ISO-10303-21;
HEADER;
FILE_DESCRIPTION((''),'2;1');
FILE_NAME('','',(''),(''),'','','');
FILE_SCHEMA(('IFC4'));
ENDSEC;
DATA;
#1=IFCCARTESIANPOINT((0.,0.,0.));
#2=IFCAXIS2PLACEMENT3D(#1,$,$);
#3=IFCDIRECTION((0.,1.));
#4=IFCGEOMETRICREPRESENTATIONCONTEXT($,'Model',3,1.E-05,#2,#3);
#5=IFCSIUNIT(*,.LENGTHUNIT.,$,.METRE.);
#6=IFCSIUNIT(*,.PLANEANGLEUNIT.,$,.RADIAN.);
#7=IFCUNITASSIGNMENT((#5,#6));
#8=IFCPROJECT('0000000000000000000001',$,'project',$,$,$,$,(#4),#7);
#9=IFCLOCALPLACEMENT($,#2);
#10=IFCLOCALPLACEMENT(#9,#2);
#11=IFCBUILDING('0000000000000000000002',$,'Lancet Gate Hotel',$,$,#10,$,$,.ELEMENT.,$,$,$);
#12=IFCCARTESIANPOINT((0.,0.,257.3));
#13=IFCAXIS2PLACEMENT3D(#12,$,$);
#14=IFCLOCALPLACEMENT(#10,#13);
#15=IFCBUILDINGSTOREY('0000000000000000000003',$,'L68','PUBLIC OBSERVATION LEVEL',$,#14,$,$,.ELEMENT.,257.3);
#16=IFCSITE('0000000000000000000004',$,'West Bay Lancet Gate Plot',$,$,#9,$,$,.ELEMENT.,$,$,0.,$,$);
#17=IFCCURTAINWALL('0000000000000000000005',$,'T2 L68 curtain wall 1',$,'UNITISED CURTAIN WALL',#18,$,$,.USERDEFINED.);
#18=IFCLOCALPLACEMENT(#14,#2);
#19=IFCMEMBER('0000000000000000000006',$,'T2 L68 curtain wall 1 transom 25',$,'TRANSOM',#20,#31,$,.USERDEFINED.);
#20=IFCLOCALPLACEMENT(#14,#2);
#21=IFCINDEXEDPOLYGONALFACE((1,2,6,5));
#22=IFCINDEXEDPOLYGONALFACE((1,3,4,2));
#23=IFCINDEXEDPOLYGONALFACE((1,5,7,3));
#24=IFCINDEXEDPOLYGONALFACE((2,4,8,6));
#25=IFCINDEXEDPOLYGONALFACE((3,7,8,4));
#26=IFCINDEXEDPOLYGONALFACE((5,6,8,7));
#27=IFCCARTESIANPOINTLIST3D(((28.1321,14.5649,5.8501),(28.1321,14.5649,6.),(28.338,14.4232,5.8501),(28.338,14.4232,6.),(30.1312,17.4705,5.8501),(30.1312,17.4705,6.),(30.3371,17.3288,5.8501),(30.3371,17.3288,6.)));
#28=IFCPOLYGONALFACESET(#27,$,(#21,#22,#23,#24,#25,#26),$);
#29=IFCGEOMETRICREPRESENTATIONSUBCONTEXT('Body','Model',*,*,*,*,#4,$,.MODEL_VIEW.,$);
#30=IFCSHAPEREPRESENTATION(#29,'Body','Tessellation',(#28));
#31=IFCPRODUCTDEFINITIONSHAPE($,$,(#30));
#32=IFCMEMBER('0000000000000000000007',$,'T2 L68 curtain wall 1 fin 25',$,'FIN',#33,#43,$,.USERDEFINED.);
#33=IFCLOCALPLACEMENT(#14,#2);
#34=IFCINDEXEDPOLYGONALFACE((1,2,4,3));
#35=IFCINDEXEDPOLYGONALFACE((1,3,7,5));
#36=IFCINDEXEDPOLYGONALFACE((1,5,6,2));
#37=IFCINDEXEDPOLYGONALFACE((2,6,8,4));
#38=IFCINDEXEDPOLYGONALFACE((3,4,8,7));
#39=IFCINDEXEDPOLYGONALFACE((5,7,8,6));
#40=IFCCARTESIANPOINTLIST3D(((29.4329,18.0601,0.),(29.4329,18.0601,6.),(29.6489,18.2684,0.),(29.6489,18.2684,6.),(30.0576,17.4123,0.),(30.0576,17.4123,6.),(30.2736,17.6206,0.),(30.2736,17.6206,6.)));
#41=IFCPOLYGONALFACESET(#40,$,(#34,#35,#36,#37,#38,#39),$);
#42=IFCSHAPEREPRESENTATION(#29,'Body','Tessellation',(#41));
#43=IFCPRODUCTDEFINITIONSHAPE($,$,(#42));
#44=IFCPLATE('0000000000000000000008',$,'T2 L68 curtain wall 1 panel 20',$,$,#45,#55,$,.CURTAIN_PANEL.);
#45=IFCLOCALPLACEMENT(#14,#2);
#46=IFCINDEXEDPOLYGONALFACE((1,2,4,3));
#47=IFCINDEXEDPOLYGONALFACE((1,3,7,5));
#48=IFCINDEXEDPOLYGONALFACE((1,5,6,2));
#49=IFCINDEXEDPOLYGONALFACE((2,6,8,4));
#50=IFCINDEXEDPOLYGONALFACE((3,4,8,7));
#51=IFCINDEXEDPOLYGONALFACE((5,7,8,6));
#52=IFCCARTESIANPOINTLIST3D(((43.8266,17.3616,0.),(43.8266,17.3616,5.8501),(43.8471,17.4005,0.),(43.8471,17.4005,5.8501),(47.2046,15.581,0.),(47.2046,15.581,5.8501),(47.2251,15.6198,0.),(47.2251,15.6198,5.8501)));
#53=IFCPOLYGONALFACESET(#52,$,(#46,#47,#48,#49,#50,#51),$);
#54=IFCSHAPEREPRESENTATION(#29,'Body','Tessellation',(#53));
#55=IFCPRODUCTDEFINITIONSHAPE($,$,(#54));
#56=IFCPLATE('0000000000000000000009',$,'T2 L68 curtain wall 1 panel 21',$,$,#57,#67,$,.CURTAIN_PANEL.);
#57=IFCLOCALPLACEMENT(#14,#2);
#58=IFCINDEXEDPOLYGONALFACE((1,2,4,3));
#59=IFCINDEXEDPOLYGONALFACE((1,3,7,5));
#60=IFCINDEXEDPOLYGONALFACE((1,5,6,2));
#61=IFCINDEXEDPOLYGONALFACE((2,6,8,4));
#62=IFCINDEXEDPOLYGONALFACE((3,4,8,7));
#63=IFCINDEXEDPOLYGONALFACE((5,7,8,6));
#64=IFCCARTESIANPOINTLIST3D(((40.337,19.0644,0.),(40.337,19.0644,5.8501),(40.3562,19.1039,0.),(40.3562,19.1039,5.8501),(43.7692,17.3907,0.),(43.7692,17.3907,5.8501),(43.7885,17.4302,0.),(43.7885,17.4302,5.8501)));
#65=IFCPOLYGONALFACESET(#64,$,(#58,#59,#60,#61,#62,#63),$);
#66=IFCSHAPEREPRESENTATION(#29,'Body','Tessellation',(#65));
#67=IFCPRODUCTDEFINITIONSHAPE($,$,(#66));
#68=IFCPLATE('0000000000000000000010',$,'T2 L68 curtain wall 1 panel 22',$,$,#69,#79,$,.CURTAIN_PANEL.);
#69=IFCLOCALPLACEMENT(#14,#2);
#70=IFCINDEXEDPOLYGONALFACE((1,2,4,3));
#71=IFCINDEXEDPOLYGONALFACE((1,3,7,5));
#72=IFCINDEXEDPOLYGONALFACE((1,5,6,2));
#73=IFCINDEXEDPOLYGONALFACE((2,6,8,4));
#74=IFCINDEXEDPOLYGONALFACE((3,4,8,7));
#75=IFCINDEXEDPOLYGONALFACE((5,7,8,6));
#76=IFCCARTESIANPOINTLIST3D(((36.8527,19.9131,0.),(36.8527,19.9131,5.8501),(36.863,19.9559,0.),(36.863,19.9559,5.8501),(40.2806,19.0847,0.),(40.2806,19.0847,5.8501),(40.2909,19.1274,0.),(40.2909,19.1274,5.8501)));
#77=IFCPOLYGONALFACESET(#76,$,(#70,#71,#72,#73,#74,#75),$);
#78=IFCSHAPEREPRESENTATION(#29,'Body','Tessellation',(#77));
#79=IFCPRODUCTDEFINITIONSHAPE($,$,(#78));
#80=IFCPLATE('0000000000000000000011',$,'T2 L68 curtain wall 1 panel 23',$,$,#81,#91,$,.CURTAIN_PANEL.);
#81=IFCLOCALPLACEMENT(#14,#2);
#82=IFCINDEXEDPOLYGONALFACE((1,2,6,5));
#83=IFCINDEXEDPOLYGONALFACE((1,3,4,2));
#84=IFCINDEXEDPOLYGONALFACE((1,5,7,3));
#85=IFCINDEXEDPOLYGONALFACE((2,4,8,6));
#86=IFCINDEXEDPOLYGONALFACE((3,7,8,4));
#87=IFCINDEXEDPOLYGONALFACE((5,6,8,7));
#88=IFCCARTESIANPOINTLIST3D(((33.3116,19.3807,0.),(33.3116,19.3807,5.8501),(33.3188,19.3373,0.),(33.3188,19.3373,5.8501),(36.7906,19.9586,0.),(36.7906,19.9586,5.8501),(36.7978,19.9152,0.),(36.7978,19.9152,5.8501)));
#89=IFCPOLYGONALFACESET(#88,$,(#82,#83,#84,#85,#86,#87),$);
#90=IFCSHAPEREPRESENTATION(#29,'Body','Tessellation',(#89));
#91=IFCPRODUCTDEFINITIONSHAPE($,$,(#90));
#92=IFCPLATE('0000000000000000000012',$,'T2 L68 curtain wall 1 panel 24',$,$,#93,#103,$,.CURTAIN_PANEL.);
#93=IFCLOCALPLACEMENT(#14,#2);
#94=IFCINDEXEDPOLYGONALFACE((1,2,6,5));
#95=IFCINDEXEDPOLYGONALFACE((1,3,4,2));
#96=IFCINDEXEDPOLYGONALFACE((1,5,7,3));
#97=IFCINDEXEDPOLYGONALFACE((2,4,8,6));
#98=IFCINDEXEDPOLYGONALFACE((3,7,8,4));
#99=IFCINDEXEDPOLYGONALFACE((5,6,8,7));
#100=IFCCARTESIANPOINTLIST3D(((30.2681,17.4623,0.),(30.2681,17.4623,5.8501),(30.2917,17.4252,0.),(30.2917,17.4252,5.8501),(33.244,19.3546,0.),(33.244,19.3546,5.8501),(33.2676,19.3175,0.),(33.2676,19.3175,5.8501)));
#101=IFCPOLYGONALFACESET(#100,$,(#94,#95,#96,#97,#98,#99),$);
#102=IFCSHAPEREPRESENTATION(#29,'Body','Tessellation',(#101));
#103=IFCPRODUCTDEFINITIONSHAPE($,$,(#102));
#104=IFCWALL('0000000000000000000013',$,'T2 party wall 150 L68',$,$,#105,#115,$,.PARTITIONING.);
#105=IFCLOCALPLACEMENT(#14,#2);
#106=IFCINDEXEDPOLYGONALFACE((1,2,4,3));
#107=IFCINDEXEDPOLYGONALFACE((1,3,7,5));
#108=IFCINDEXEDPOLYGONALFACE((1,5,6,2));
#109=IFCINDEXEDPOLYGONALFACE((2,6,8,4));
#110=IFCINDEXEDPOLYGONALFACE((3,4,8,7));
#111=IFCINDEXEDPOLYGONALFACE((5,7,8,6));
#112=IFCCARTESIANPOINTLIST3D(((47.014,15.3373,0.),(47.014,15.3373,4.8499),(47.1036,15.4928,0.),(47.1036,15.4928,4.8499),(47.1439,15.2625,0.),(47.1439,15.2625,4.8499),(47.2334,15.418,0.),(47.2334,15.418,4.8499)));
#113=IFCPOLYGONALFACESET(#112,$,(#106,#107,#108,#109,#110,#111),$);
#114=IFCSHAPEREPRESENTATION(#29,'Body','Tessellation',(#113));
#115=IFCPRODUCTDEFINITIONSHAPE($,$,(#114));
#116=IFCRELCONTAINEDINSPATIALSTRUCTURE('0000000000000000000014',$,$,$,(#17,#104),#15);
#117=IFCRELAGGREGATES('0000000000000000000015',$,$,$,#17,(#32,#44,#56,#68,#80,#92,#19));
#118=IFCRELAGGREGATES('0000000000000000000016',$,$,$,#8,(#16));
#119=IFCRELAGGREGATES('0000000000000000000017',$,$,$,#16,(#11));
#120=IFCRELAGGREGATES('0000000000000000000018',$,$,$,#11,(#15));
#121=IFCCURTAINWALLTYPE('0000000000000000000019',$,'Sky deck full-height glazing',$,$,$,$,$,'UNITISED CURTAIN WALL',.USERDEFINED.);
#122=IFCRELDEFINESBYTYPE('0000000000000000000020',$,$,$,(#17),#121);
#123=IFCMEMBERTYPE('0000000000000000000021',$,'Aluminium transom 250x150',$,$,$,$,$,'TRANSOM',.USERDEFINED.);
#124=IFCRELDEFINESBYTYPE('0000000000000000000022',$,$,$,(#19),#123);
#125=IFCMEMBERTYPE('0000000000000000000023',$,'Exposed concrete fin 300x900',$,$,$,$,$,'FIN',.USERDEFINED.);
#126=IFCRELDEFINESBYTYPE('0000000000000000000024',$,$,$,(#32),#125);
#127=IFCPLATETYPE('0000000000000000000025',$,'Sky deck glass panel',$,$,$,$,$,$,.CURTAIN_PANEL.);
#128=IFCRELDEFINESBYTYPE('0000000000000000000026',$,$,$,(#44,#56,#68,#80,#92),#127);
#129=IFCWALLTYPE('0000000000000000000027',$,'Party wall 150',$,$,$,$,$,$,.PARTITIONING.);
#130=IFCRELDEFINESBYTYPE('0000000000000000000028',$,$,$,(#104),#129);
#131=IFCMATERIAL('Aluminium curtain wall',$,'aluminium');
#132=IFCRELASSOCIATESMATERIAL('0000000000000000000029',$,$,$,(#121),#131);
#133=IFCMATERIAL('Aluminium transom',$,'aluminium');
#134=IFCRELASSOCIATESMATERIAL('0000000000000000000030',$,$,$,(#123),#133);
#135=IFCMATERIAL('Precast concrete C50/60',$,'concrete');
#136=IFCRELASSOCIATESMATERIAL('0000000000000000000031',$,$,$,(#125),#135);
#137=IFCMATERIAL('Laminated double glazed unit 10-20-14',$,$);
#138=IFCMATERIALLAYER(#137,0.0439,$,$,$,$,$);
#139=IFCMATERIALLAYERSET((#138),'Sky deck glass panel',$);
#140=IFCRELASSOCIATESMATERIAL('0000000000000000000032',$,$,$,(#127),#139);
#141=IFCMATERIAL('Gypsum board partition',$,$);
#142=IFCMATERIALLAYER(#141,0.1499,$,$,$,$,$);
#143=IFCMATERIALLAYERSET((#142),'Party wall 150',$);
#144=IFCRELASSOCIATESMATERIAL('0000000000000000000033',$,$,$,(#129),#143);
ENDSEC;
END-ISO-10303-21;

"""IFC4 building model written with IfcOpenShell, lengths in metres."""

from ifc_helpers import new_model, si_unit, direction, frame, frame_2d, origin, origin_2d, place, context, subcontext, project, spatial, rectangle, extrude, material, layer, layer_set, material_profile, profile_set, type_object, element, aggregate, save


model = new_model("IFC4")

# Units and contexts
model_context = context("Model", 3, precision=1e-05, world=origin(), true_north=direction((0.0, 1.0)))
body_context = subcontext(model_context, "Body", "Model", "MODEL_VIEW")
ifc_project = project(units=[si_unit("LENGTHUNIT", "METRE"), si_unit("PLANEANGLEUNIT", "RADIAN")], contexts=[model_context])

# Site, building, storey
site_placement = place(None, origin())
site = spatial("IfcSite", under=ifc_project, at=site_placement, Name="West Bay Lancet Gate Plot", CompositionType="ELEMENT", RefElevation=0.0)
building_placement = place(site_placement, origin())
building = spatial("IfcBuilding", under=site, at=building_placement, Name="Lancet Gate Hotel", CompositionType="ELEMENT")
storey_placement = place(building_placement, frame((0.0, 0.0, 257.3)))
storey = spatial("IfcBuildingStorey", under=building, at=storey_placement, Name="L68", Description="PUBLIC OBSERVATION LEVEL", CompositionType="ELEMENT", Elevation=257.3)

# Curtain wall, members, plates
ifc_material_1 = material(Name="Aluminium curtain wall", Category="aluminium")
curtain_wall_type = type_object("IfcCurtainWallType", Name="Sky deck full-height glazing", ElementType="UNITISED CURTAIN WALL", PredefinedType="USERDEFINED", material=ifc_material_1)
curtain_wall_placement = place(storey_placement, origin())
curtain_wall = element("IfcCurtainWall", 1, at=curtain_wall_placement, inside=storey, type_object=curtain_wall_type, Name="T2 L68 curtain wall 1", ObjectType="UNITISED CURTAIN WALL", PredefinedType="USERDEFINED")
ifc_material_2 = material(Name="Aluminium transom", Category="aluminium")
ifc_material_profile_1 = material_profile(ifc_material_2, rectangle(XDim=0.25, YDim=0.1499, at=origin_2d()), Name="TRANSOM 250x150")
ifc_profile_set_1 = profile_set([ifc_material_profile_1], Name="Aluminium transom")
member_type_1 = type_object("IfcMemberType", Name="Aluminium transom 250x150", ElementType="TRANSOM", PredefinedType="USERDEFINED", material=ifc_profile_set_1)
member_1_placement = place(storey_placement, frame((30.2341, 17.3997, 5.925), z_axis=(-0.566814, -0.823846, 0.0), x_axis=(0.823846, -0.566814, 0.0)))
member_1 = element("IfcMember", 2, at=member_1_placement, type_object=member_type_1, Name="T2 L68 curtain wall 1 transom 25", ObjectType="TRANSOM", PredefinedType="USERDEFINED", context=body_context, shape_type="SweptSolid", body=[
    extrude(rectangle(XDim=0.25, YDim=0.1499, at=origin_2d()), origin(), (0.0, 0.0, 1.0), 3.5269),
])
ifc_material_3 = material(Name="Precast concrete C50/60", Category="concrete")
ifc_material_profile_2 = material_profile(ifc_material_3, rectangle(XDim=0.3, YDim=0.8999, at=origin_2d()), Name="FIN 300x900")
ifc_profile_set_2 = profile_set([ifc_material_profile_2], Name="Precast concrete C50/60")
member_type_2 = type_object("IfcMemberType", Name="Exposed concrete fin 300x900", ElementType="FIN", PredefinedType="USERDEFINED", material=ifc_profile_set_2)
member_2_placement = place(storey_placement, frame((29.8533, 17.8403, 0.0), z_axis=(0.0, 0.0, 1.0), x_axis=(-0.719809, -0.694172, 0.0)))
member_2 = element("IfcMember", 3, at=member_2_placement, type_object=member_type_2, Name="T2 L68 curtain wall 1 fin 25", ObjectType="FIN", PredefinedType="USERDEFINED", context=body_context, shape_type="SweptSolid", body=[
    extrude(rectangle(XDim=0.3, YDim=0.8999, at=origin_2d()), origin(), (0.0, 0.0, 1.0), 6.0),
])
ifc_material_4 = material(Name="Laminated double glazed unit 10-20-14")
ifc_layer_1 = layer(ifc_material_4, 0.0439)
ifc_layer_set_1 = layer_set([ifc_layer_1], Name="Sky deck glass panel")
plate_type = type_object("IfcPlateType", Name="Sky deck glass panel", PredefinedType="CURTAIN_PANEL", material=ifc_layer_set_1)
plate_1_placement = place(storey_placement, frame((45.5259, 16.4907, 0.0), z_axis=(0.0, 0.0, 1.0), x_axis=(-0.884623, 0.466307, 0.0)))
plate_1 = element("IfcPlate", 4, at=plate_1_placement, type_object=plate_type, Name="T2 L68 curtain wall 1 panel 20", PredefinedType="CURTAIN_PANEL", context=body_context, shape_type="SweptSolid", body=[
    extrude(rectangle(XDim=3.8186, YDim=0.0439, at=origin_2d()), origin(), (0.0, 0.0, 1.0), 5.8501),
])
plate_2_placement = place(storey_placement, frame((42.0627, 18.2473, 0.0), z_axis=(0.0, 0.0, 1.0), x_axis=(-0.898823, 0.438311, 0.0)))
plate_2 = element("IfcPlate", 5, at=plate_2_placement, type_object=plate_type, Name="T2 L68 curtain wall 1 panel 21", PredefinedType="CURTAIN_PANEL", context=body_context, shape_type="SweptSolid", body=[
    extrude(rectangle(XDim=3.8186, YDim=0.0439, at=origin_2d()), origin(), (0.0, 0.0, 1.0), 5.8501),
])
plate_3_placement = place(storey_placement, frame((38.5718, 19.5203, 0.0), z_axis=(0.0, 0.0, 1.0), x_axis=(-0.972014, 0.234924, 0.0)))
plate_3 = element("IfcPlate", 6, at=plate_3_placement, type_object=plate_type, Name="T2 L68 curtain wall 1 panel 22", PredefinedType="CURTAIN_PANEL", context=body_context, shape_type="SweptSolid", body=[
    extrude(rectangle(XDim=3.5266, YDim=0.0439, at=origin_2d()), origin(), (0.0, 0.0, 1.0), 5.8501),
])
plate_4_placement = place(storey_placement, frame((35.0547, 19.6479, 0.0), z_axis=(0.0, 0.0, 1.0), x_axis=(-0.98648, -0.163881, 0.0)))
plate_4 = element("IfcPlate", 7, at=plate_4_placement, type_object=plate_type, Name="T2 L68 curtain wall 1 panel 23", PredefinedType="CURTAIN_PANEL", context=body_context, shape_type="SweptSolid", body=[
    extrude(rectangle(XDim=3.5266, YDim=0.0439, at=origin_2d()), origin(), (0.0, 0.0, 1.0), 5.8501),
])
plate_5_placement = place(storey_placement, frame((31.7678, 18.3899, 0.0), z_axis=(0.0, 0.0, 1.0), x_axis=(-0.843845, -0.536587, 0.0)))
plate_5 = element("IfcPlate", 8, at=plate_5_placement, type_object=plate_type, Name="T2 L68 curtain wall 1 panel 24", PredefinedType="CURTAIN_PANEL", context=body_context, shape_type="SweptSolid", body=[
    extrude(rectangle(XDim=3.5266, YDim=0.0439, at=origin_2d()), origin(), (0.0, 0.0, 1.0), 5.8501),
])
aggregate(curtain_wall, [member_2, plate_1, plate_2, plate_3, plate_4, plate_5, member_1])

# Wall
ifc_material_5 = material(Name="Gypsum board partition")
ifc_layer_2 = layer(ifc_material_5, 0.1499)
ifc_layer_set_2 = layer_set([ifc_layer_2], Name="Party wall 150")
wall_type = type_object("IfcWallType", Name="Party wall 150", PredefinedType="PARTITIONING", material=ifc_layer_set_2)
wall_placement = place(storey_placement, frame((47.0789, 15.2998, 0.0), z_axis=(0.0, 0.0, 1.0), x_axis=(0.499212, 0.86648, 0.0)))
element("IfcWall", 9, at=wall_placement, inside=storey, type_object=wall_type, Name="T2 party wall 150 L68", PredefinedType="PARTITIONING", context=body_context, shape_type="SweptSolid", body=[
    extrude(rectangle(XDim=0.1794, YDim=0.1499, at=frame_2d((0.0898, 0.0))), origin(), (0.0, 0.0, 1.0), 4.8499),
])

save(model, "model.ifc")
